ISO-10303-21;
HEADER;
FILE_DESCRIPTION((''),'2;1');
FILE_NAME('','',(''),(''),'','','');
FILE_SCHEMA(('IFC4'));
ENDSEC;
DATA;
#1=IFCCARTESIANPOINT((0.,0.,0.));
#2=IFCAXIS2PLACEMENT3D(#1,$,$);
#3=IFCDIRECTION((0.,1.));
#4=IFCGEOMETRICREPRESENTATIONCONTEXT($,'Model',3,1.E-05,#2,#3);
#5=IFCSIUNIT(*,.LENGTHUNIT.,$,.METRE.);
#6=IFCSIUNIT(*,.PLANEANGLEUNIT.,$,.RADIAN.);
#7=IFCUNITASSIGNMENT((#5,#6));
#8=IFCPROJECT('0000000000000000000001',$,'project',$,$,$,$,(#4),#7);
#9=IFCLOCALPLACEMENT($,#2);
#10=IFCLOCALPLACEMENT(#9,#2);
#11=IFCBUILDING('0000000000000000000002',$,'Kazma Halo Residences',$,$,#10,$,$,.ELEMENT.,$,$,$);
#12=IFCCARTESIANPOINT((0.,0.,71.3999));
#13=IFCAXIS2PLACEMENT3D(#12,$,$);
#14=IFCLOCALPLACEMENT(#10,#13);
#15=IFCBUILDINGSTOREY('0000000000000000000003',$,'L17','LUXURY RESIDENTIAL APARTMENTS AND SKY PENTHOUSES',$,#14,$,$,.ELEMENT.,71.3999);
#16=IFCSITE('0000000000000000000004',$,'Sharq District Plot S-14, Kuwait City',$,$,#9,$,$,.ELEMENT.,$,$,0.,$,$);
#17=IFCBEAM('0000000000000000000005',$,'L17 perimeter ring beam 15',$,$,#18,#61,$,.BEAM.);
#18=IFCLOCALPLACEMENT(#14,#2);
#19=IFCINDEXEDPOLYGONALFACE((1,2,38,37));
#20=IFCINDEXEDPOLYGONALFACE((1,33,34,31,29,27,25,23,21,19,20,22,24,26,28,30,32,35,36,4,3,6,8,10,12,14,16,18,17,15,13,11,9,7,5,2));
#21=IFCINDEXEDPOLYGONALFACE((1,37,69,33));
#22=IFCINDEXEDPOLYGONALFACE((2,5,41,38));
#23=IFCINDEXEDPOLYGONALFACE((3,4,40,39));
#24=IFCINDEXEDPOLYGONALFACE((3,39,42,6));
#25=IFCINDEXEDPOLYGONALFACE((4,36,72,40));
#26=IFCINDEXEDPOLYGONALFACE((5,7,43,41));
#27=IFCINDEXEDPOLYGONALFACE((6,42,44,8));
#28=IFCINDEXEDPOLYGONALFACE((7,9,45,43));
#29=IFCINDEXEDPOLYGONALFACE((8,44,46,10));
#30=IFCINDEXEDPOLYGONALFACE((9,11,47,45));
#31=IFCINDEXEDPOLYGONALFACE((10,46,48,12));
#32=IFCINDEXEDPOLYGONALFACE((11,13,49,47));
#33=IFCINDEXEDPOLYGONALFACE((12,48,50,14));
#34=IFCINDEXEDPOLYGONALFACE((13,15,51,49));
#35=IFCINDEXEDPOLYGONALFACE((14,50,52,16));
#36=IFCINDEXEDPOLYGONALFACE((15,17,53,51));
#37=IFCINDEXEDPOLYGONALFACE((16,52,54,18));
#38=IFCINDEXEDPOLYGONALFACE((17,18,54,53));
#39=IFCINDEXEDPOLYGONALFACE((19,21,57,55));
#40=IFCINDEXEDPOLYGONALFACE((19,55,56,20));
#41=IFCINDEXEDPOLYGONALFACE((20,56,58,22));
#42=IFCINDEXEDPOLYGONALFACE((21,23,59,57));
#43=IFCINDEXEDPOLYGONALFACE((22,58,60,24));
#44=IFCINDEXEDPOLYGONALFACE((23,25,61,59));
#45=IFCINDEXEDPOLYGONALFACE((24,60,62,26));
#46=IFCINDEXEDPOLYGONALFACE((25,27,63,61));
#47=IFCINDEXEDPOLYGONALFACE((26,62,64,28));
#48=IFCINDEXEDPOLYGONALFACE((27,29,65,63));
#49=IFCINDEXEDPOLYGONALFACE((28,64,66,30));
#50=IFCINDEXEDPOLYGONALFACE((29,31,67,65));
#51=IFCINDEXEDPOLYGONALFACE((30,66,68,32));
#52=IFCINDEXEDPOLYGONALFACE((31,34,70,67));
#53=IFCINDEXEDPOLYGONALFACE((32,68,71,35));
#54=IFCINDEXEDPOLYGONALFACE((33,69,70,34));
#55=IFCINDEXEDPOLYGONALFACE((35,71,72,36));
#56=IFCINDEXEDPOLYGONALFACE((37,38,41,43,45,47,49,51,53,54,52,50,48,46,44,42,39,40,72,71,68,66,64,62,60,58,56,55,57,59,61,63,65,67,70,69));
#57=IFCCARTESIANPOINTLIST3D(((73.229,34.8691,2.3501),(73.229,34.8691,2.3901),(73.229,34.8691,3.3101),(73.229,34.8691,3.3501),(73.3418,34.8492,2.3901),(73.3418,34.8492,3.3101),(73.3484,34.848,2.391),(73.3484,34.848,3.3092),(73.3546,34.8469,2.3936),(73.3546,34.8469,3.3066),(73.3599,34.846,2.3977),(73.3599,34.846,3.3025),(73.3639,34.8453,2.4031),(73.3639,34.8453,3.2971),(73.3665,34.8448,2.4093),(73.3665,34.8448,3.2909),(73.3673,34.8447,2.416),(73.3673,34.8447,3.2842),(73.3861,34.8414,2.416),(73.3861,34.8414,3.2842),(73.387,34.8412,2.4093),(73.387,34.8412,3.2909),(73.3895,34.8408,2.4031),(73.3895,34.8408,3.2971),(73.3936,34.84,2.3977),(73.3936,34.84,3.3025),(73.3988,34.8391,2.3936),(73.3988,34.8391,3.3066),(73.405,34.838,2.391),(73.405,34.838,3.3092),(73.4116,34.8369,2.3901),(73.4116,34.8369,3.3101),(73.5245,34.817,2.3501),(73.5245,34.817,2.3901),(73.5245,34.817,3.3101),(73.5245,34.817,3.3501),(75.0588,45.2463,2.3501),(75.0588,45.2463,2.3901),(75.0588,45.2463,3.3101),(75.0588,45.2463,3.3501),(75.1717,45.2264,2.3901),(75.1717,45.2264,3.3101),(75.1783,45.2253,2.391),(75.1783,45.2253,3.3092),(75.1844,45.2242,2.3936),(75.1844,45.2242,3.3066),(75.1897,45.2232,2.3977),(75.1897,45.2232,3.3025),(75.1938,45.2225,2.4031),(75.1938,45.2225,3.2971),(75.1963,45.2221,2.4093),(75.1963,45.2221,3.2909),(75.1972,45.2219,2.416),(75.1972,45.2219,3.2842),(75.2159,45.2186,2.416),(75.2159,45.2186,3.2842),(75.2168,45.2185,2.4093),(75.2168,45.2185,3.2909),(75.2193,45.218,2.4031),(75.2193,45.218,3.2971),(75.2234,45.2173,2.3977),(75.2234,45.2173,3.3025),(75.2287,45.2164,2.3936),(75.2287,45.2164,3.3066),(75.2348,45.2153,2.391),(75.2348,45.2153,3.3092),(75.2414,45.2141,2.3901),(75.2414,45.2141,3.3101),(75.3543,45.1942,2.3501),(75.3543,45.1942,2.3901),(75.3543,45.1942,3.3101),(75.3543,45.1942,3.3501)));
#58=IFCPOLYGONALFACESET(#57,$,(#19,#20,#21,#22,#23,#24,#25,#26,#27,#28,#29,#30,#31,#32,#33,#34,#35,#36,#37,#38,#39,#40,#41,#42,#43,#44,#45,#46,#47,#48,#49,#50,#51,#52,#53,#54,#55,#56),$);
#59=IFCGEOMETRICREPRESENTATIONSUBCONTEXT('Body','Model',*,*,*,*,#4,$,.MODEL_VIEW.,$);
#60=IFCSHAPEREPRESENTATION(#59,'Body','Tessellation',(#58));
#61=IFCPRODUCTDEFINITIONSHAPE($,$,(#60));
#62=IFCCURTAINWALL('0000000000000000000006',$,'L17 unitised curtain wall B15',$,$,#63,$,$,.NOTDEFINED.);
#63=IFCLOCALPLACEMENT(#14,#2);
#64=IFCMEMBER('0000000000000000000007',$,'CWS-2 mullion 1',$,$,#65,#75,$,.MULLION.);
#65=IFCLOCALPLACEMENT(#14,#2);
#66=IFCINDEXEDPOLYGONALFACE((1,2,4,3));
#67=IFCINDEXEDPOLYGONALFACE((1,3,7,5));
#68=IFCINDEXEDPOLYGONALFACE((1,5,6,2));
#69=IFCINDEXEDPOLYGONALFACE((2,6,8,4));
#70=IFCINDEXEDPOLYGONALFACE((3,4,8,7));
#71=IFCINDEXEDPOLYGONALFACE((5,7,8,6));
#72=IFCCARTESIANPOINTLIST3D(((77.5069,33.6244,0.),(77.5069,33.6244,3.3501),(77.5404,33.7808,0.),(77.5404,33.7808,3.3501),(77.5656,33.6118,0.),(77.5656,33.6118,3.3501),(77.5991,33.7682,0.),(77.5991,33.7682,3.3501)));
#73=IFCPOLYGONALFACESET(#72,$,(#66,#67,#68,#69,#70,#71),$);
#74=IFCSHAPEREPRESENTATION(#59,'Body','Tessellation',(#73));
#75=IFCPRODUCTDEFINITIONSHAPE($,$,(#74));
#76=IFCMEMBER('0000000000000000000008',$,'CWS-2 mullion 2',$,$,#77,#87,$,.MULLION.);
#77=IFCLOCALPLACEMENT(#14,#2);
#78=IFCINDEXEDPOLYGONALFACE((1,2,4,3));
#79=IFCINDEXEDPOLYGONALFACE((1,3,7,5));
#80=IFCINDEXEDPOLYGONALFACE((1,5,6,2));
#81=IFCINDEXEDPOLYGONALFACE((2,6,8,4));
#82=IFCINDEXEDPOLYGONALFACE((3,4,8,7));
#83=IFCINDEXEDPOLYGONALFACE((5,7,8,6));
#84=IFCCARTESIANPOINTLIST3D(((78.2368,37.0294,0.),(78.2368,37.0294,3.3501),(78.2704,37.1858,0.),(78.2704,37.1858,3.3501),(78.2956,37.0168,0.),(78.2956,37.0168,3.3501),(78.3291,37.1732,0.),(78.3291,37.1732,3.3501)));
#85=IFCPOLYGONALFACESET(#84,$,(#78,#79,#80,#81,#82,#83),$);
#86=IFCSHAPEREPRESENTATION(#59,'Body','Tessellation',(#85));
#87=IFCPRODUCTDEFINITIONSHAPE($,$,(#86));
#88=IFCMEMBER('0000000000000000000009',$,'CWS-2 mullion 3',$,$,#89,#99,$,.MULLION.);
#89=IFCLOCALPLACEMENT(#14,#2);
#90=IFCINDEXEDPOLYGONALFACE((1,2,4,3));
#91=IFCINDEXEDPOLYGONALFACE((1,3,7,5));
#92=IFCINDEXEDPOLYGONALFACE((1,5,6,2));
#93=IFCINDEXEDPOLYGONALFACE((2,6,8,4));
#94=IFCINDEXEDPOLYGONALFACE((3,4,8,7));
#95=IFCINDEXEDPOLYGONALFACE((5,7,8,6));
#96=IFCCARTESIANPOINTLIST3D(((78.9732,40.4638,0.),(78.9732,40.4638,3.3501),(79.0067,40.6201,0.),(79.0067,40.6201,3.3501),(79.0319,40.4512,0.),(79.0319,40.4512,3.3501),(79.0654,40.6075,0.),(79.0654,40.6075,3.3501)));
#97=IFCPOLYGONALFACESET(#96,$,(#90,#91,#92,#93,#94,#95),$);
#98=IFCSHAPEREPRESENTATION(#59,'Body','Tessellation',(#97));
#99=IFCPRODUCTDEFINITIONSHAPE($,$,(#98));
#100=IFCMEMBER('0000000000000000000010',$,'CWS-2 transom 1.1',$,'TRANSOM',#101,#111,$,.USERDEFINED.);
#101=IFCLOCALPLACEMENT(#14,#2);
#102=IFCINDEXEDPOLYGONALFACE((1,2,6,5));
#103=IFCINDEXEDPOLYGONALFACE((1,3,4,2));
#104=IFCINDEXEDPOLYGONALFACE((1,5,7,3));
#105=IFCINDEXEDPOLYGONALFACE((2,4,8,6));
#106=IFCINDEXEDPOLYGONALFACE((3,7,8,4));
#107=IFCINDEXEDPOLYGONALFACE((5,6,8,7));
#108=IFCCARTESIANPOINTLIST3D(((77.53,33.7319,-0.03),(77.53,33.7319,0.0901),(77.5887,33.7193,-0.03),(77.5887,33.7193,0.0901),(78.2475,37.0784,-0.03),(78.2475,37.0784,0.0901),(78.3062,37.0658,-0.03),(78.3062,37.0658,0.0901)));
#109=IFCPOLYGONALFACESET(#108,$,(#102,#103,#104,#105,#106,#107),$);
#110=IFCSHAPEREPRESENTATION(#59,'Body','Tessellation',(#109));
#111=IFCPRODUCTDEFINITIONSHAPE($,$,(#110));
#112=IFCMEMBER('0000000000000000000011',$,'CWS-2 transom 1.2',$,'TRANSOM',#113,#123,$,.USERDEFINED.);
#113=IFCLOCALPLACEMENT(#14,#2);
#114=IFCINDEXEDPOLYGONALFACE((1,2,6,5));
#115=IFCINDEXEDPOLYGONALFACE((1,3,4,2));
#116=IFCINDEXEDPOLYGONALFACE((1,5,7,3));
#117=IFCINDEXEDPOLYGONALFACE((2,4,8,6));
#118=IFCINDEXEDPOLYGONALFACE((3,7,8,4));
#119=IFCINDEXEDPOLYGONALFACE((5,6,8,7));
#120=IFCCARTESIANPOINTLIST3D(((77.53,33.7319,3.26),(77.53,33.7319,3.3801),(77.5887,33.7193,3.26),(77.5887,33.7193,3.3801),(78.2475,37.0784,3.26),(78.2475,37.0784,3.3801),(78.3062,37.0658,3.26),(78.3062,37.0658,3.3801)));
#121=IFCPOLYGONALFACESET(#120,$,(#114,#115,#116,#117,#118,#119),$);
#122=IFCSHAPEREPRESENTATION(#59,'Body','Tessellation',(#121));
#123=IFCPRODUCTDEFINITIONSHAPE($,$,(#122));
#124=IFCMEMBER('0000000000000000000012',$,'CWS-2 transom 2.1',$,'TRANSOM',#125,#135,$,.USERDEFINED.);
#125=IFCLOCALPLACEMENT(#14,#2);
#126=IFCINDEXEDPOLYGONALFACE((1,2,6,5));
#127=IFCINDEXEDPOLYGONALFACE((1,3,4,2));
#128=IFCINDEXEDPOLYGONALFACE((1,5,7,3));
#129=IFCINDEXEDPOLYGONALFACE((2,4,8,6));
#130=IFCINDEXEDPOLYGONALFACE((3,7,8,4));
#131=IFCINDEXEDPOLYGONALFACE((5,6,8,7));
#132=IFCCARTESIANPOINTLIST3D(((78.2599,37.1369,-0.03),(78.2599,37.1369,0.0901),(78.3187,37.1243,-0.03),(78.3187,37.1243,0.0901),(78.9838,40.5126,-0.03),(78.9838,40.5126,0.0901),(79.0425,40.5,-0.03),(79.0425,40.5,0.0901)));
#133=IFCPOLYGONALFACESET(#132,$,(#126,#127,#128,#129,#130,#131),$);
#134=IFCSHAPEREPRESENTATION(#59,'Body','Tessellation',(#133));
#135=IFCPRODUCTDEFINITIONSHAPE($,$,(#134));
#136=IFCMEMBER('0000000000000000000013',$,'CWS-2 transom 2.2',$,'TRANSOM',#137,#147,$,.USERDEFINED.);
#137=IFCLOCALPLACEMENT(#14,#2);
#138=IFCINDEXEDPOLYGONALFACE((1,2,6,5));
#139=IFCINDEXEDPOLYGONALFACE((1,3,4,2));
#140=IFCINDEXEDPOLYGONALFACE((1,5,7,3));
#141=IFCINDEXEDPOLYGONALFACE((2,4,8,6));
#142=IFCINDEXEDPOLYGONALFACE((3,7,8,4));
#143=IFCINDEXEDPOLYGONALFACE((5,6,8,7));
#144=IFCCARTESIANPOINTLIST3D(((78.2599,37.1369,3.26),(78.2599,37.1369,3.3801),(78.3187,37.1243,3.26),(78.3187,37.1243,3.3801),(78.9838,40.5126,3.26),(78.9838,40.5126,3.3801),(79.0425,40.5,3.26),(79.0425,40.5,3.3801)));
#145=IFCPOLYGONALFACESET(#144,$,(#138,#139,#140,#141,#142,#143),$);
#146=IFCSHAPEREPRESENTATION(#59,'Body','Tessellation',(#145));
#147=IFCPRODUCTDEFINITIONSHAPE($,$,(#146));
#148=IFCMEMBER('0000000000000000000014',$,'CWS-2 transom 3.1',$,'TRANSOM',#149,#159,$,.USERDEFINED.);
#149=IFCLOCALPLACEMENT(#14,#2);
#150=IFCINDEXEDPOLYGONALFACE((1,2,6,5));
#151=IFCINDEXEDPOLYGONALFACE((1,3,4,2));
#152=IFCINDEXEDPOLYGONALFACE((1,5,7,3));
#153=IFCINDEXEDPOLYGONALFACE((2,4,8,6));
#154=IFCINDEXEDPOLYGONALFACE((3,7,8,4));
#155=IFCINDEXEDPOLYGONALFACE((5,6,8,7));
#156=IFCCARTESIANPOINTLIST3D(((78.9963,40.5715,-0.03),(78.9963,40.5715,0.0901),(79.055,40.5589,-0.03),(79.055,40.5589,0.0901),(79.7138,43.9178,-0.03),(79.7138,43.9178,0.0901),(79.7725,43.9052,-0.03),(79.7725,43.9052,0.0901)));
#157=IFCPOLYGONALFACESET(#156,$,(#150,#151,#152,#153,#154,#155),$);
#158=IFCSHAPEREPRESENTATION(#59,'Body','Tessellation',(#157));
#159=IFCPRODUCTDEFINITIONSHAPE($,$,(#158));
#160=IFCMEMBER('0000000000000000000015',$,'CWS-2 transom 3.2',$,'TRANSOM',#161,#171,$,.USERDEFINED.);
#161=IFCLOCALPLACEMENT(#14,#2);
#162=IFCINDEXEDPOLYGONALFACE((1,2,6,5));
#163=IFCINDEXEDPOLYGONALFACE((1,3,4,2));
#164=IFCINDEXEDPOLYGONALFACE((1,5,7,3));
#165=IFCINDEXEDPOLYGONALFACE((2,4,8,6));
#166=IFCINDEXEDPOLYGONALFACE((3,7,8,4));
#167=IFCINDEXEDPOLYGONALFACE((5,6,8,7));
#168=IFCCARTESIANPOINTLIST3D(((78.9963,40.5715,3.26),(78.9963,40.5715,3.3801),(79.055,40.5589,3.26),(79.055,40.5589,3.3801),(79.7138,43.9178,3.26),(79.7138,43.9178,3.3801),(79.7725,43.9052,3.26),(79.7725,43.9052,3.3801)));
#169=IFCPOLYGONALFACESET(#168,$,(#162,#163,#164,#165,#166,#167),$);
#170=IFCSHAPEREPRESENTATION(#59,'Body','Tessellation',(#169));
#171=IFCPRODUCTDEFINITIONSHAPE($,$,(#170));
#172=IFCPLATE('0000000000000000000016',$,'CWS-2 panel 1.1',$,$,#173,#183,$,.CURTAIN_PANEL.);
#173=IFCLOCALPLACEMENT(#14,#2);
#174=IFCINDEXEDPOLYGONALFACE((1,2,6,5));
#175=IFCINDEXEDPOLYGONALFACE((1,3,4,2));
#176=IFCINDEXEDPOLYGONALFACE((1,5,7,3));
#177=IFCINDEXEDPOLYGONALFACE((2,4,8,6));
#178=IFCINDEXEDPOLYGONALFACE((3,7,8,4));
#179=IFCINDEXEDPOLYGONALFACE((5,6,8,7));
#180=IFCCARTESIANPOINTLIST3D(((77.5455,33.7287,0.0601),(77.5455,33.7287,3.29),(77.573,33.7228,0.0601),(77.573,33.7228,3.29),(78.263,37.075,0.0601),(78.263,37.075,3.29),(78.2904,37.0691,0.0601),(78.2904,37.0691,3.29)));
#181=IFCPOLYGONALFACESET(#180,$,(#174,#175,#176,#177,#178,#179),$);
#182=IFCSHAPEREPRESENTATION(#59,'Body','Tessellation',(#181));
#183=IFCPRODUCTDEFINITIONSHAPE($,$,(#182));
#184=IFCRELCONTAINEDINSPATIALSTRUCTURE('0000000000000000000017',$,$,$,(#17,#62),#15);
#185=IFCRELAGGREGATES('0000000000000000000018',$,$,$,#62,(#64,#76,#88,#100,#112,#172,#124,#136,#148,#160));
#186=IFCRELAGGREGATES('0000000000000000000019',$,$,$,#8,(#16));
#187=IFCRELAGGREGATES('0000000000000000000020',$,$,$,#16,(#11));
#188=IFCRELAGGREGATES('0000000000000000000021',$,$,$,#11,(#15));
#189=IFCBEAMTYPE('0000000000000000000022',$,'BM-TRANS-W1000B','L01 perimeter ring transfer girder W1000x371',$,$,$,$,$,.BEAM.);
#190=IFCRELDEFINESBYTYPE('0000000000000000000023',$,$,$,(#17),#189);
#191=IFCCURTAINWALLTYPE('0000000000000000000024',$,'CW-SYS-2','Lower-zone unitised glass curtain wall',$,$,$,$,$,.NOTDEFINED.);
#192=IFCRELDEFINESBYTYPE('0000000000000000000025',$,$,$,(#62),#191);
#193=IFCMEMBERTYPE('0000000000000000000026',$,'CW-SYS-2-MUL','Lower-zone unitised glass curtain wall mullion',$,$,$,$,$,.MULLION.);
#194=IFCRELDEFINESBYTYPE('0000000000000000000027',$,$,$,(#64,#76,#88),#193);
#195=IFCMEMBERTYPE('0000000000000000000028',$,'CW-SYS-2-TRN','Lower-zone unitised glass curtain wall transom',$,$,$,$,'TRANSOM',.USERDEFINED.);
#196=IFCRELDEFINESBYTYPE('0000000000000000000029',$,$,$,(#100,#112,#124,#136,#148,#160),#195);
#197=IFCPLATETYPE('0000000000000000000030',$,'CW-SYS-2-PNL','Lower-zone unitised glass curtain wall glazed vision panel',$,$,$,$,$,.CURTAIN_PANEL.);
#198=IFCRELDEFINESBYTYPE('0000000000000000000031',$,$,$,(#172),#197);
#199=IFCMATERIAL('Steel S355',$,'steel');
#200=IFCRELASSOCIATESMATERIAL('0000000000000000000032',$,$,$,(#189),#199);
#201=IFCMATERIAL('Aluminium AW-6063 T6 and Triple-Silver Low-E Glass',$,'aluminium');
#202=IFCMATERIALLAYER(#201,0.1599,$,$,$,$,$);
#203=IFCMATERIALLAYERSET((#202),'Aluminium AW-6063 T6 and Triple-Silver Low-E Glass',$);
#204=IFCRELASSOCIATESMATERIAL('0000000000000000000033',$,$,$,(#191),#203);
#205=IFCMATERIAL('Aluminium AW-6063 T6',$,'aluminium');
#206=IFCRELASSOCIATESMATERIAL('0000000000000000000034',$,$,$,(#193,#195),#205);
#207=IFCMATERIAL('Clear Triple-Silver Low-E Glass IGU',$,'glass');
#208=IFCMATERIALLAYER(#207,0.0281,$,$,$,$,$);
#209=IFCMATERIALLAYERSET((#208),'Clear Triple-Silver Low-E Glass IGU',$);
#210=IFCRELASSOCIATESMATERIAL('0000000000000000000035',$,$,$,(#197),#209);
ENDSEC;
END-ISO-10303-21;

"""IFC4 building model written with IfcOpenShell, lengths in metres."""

from ifc_helpers import new_model, si_unit, direction, frame, origin, origin_2d, place, context, subcontext, project, spatial, rectangle, i_section, extrude, material, layer, layer_set, material_profile, profile_set, type_object, element, aggregate, save


model = new_model("IFC4")

# Units and contexts
model_context = context("Model", 3, precision=1e-05, world=origin(), true_north=direction((0.0, 1.0)))
body_context = subcontext(model_context, "Body", "Model", "MODEL_VIEW")
ifc_project = project(units=[si_unit("LENGTHUNIT", "METRE"), si_unit("PLANEANGLEUNIT", "RADIAN")], contexts=[model_context])

# Site, building, storey
site_placement = place(None, origin())
site = spatial("IfcSite", under=ifc_project, at=site_placement, Name="Sharq District Plot S-14, Kuwait City", CompositionType="ELEMENT", RefElevation=0.0)
building_placement = place(site_placement, origin())
building = spatial("IfcBuilding", under=site, at=building_placement, Name="Kazma Halo Residences", CompositionType="ELEMENT")
storey_placement = place(building_placement, frame((0.0, 0.0, 71.3999)))
storey = spatial("IfcBuildingStorey", under=building, at=storey_placement, Name="L17", Description="LUXURY RESIDENTIAL APARTMENTS AND SKY PENTHOUSES", CompositionType="ELEMENT", Elevation=71.3999)

# Beam
ifc_material_1 = material(Name="Steel S355", Category="steel")
ifc_material_profile_1 = material_profile(ifc_material_1, i_section(OverallWidth=0.3, OverallDepth=1.0, WebThickness=0.019, FlangeThickness=0.04, FilletRadius=0.0259, at=origin_2d()), Name="W1000x371")
ifc_profile_set_1 = profile_set([ifc_material_profile_1], Name="Steel S355")
beam_type_1 = type_object("IfcBeamType", Name="BM-TRANS-W1000B", Description="L01 perimeter ring transfer girder W1000x371", PredefinedType="BEAM", material=ifc_profile_set_1)
beam_1_placement = place(storey_placement, frame((73.3767, 34.843, 2.8501), z_axis=(0.173653, 0.984807, 0.0), x_axis=(-0.984807, 0.173653, 0.0)))
element("IfcBeam", 1, at=beam_1_placement, inside=storey, type_object=beam_type_1, Name="L17 perimeter ring beam 15", PredefinedType="BEAM", context=body_context, shape_type="SweptSolid", body=[
    extrude(i_section(OverallWidth=0.3, OverallDepth=1.0, WebThickness=0.019, FlangeThickness=0.04, FilletRadius=0.0259, at=origin_2d()), origin(), (0.0, 0.0, 1.0), 10.5374),
])

# Curtain wall, members, plate
ifc_material_2 = material(Name="Aluminium AW-6063 T6 and Triple-Silver Low-E Glass", Category="aluminium")
ifc_layer_1 = layer(ifc_material_2, 0.1599)
ifc_layer_set_1 = layer_set([ifc_layer_1], Name="Aluminium AW-6063 T6 and Triple-Silver Low-E Glass")
curtain_wall_type = type_object("IfcCurtainWallType", Name="CW-SYS-2", Description="Lower-zone unitised glass curtain wall", PredefinedType="NOTDEFINED", material=ifc_layer_set_1)
curtain_wall_placement = place(storey_placement, origin())
curtain_wall = element("IfcCurtainWall", 2, at=curtain_wall_placement, inside=storey, type_object=curtain_wall_type, Name="L17 unitised curtain wall B15", PredefinedType="NOTDEFINED")
ifc_material_3 = material(Name="Aluminium AW-6063 T6", Category="aluminium")
ifc_material_profile_2 = material_profile(ifc_material_3, rectangle(XDim=0.0601, YDim=0.1599, at=origin_2d()), Name="CWM-60x160")
ifc_profile_set_2 = profile_set([ifc_material_profile_2], Name="Aluminium AW-6063 T6")
member_type_1 = type_object("IfcMemberType", Name="CW-SYS-2-MUL", Description="Lower-zone unitised glass curtain wall mullion", PredefinedType="MULLION", material=ifc_profile_set_2)
member_1_placement = place(storey_placement, frame((77.553, 33.6963, 0.0), z_axis=(0.0, 0.0, 1.0), x_axis=(-0.977779, 0.209637, 0.0)))
member_1 = element("IfcMember", 3, at=member_1_placement, type_object=member_type_1, Name="CWS-2 mullion 1", PredefinedType="MULLION", context=body_context, shape_type="SweptSolid", body=[
    extrude(rectangle(XDim=0.0601, YDim=0.1599, at=origin_2d()), origin(), (0.0, 0.0, 1.0), 3.3501),
])
member_2_placement = place(storey_placement, frame((78.283, 37.1013, 0.0), z_axis=(0.0, 0.0, 1.0), x_axis=(-0.977779, 0.209637, 0.0)))
member_2 = element("IfcMember", 4, at=member_2_placement, type_object=member_type_1, Name="CWS-2 mullion 2", PredefinedType="MULLION", context=body_context, shape_type="SweptSolid", body=[
    extrude(rectangle(XDim=0.0601, YDim=0.1599, at=origin_2d()), origin(), (0.0, 0.0, 1.0), 3.3501),
])
member_3_placement = place(storey_placement, frame((79.0193, 40.5356, 0.0), z_axis=(0.0, 0.0, 1.0), x_axis=(-0.977779, 0.209637, 0.0)))
member_3 = element("IfcMember", 5, at=member_3_placement, type_object=member_type_1, Name="CWS-2 mullion 3", PredefinedType="MULLION", context=body_context, shape_type="SweptSolid", body=[
    extrude(rectangle(XDim=0.0601, YDim=0.1599, at=origin_2d()), origin(), (0.0, 0.0, 1.0), 3.3501),
])
ifc_material_profile_3 = material_profile(ifc_material_3, rectangle(XDim=0.0601, YDim=0.1201, at=origin_2d()), Name="CWT-60x120")
ifc_profile_set_3 = profile_set([ifc_material_profile_3], Name="Aluminium AW-6063 T6")
member_type_2 = type_object("IfcMemberType", Name="CW-SYS-2-TRN", Description="Lower-zone unitised glass curtain wall transom", ElementType="TRANSOM", PredefinedType="USERDEFINED", material=ifc_profile_set_3)
member_4_placement = place(storey_placement, frame((77.5593, 33.7256, 0.03), z_axis=(0.209651, 0.977776, 0.0), x_axis=(-0.977776, 0.209651, 0.0)))
member_4 = element("IfcMember", 6, at=member_4_placement, type_object=member_type_2, Name="CWS-2 transom 1.1", ObjectType="TRANSOM", PredefinedType="USERDEFINED", context=body_context, shape_type="SweptSolid", body=[
    extrude(rectangle(XDim=0.0601, YDim=0.1201, at=origin_2d()), origin(), (0.0, 0.0, 1.0), 3.4226),
])
member_5_placement = place(storey_placement, frame((77.5593, 33.7256, 3.3201), z_axis=(0.209651, 0.977776, 0.0), x_axis=(-0.977776, 0.209651, 0.0)))
member_5 = element("IfcMember", 7, at=member_5_placement, type_object=member_type_2, Name="CWS-2 transom 1.2", ObjectType="TRANSOM", PredefinedType="USERDEFINED", context=body_context, shape_type="SweptSolid", body=[
    extrude(rectangle(XDim=0.0601, YDim=0.1201, at=origin_2d()), origin(), (0.0, 0.0, 1.0), 3.4226),
])
member_6_placement = place(storey_placement, frame((78.2893, 37.1306, 0.03), z_axis=(0.209669, 0.977772, 0.0), x_axis=(-0.977772, 0.209669, 0.0)))
member_6 = element("IfcMember", 8, at=member_6_placement, type_object=member_type_2, Name="CWS-2 transom 2.1", ObjectType="TRANSOM", PredefinedType="USERDEFINED", context=body_context, shape_type="SweptSolid", body=[
    extrude(rectangle(XDim=0.0601, YDim=0.1201, at=origin_2d()), origin(), (0.0, 0.0, 1.0), 3.4524),
])
member_7_placement = place(storey_placement, frame((78.2893, 37.1306, 3.3201), z_axis=(0.209669, 0.977772, 0.0), x_axis=(-0.977772, 0.209669, 0.0)))
member_7 = element("IfcMember", 9, at=member_7_placement, type_object=member_type_2, Name="CWS-2 transom 2.2", ObjectType="TRANSOM", PredefinedType="USERDEFINED", context=body_context, shape_type="SweptSolid", body=[
    extrude(rectangle(XDim=0.0601, YDim=0.1201, at=origin_2d()), origin(), (0.0, 0.0, 1.0), 3.4524),
])
member_8_placement = place(storey_placement, frame((79.0256, 40.5652, 0.03), z_axis=(0.209666, 0.977773, 0.0), x_axis=(-0.977773, 0.209666, 0.0)))
member_8 = element("IfcMember", 10, at=member_8_placement, type_object=member_type_2, Name="CWS-2 transom 3.1", ObjectType="TRANSOM", PredefinedType="USERDEFINED", context=body_context, shape_type="SweptSolid", body=[
    extrude(rectangle(XDim=0.0601, YDim=0.1201, at=origin_2d()), origin(), (0.0, 0.0, 1.0), 3.4224),
])
member_9_placement = place(storey_placement, frame((79.0256, 40.5652, 3.3201), z_axis=(0.209666, 0.977773, 0.0), x_axis=(-0.977773, 0.209666, 0.0)))
member_9 = element("IfcMember", 11, at=member_9_placement, type_object=member_type_2, Name="CWS-2 transom 3.2", ObjectType="TRANSOM", PredefinedType="USERDEFINED", context=body_context, shape_type="SweptSolid", body=[
    extrude(rectangle(XDim=0.0601, YDim=0.1201, at=origin_2d()), origin(), (0.0, 0.0, 1.0), 3.4224),
])
ifc_material_4 = material(Name="Clear Triple-Silver Low-E Glass IGU", Category="glass")
ifc_layer_2 = layer(ifc_material_4, 0.0281)
ifc_layer_set_2 = layer_set([ifc_layer_2], Name="Clear Triple-Silver Low-E Glass IGU")
plate_type = type_object("IfcPlateType", Name="CW-SYS-2-PNL", Description="Lower-zone unitised glass curtain wall glazed vision panel", PredefinedType="CURTAIN_PANEL", material=ifc_layer_set_2)
plate_1_placement = place(storey_placement, frame((77.918, 35.3989, 0.0601), z_axis=(0.0, 0.0, 1.0), x_axis=(0.209637, 0.977779, 0.0)))
plate_1 = element("IfcPlate", 12, at=plate_1_placement, type_object=plate_type, Name="CWS-2 panel 1.1", PredefinedType="CURTAIN_PANEL", context=body_context, shape_type="SweptSolid", body=[
    extrude(rectangle(XDim=3.4224, YDim=0.0281, at=origin_2d()), origin(), (0.0, 0.0, 1.0), 3.23),
])
aggregate(curtain_wall, [member_1, member_2, member_3, member_4, member_5, plate_1, member_6, member_7, member_8, member_9])

save(model, "model.ifc")
